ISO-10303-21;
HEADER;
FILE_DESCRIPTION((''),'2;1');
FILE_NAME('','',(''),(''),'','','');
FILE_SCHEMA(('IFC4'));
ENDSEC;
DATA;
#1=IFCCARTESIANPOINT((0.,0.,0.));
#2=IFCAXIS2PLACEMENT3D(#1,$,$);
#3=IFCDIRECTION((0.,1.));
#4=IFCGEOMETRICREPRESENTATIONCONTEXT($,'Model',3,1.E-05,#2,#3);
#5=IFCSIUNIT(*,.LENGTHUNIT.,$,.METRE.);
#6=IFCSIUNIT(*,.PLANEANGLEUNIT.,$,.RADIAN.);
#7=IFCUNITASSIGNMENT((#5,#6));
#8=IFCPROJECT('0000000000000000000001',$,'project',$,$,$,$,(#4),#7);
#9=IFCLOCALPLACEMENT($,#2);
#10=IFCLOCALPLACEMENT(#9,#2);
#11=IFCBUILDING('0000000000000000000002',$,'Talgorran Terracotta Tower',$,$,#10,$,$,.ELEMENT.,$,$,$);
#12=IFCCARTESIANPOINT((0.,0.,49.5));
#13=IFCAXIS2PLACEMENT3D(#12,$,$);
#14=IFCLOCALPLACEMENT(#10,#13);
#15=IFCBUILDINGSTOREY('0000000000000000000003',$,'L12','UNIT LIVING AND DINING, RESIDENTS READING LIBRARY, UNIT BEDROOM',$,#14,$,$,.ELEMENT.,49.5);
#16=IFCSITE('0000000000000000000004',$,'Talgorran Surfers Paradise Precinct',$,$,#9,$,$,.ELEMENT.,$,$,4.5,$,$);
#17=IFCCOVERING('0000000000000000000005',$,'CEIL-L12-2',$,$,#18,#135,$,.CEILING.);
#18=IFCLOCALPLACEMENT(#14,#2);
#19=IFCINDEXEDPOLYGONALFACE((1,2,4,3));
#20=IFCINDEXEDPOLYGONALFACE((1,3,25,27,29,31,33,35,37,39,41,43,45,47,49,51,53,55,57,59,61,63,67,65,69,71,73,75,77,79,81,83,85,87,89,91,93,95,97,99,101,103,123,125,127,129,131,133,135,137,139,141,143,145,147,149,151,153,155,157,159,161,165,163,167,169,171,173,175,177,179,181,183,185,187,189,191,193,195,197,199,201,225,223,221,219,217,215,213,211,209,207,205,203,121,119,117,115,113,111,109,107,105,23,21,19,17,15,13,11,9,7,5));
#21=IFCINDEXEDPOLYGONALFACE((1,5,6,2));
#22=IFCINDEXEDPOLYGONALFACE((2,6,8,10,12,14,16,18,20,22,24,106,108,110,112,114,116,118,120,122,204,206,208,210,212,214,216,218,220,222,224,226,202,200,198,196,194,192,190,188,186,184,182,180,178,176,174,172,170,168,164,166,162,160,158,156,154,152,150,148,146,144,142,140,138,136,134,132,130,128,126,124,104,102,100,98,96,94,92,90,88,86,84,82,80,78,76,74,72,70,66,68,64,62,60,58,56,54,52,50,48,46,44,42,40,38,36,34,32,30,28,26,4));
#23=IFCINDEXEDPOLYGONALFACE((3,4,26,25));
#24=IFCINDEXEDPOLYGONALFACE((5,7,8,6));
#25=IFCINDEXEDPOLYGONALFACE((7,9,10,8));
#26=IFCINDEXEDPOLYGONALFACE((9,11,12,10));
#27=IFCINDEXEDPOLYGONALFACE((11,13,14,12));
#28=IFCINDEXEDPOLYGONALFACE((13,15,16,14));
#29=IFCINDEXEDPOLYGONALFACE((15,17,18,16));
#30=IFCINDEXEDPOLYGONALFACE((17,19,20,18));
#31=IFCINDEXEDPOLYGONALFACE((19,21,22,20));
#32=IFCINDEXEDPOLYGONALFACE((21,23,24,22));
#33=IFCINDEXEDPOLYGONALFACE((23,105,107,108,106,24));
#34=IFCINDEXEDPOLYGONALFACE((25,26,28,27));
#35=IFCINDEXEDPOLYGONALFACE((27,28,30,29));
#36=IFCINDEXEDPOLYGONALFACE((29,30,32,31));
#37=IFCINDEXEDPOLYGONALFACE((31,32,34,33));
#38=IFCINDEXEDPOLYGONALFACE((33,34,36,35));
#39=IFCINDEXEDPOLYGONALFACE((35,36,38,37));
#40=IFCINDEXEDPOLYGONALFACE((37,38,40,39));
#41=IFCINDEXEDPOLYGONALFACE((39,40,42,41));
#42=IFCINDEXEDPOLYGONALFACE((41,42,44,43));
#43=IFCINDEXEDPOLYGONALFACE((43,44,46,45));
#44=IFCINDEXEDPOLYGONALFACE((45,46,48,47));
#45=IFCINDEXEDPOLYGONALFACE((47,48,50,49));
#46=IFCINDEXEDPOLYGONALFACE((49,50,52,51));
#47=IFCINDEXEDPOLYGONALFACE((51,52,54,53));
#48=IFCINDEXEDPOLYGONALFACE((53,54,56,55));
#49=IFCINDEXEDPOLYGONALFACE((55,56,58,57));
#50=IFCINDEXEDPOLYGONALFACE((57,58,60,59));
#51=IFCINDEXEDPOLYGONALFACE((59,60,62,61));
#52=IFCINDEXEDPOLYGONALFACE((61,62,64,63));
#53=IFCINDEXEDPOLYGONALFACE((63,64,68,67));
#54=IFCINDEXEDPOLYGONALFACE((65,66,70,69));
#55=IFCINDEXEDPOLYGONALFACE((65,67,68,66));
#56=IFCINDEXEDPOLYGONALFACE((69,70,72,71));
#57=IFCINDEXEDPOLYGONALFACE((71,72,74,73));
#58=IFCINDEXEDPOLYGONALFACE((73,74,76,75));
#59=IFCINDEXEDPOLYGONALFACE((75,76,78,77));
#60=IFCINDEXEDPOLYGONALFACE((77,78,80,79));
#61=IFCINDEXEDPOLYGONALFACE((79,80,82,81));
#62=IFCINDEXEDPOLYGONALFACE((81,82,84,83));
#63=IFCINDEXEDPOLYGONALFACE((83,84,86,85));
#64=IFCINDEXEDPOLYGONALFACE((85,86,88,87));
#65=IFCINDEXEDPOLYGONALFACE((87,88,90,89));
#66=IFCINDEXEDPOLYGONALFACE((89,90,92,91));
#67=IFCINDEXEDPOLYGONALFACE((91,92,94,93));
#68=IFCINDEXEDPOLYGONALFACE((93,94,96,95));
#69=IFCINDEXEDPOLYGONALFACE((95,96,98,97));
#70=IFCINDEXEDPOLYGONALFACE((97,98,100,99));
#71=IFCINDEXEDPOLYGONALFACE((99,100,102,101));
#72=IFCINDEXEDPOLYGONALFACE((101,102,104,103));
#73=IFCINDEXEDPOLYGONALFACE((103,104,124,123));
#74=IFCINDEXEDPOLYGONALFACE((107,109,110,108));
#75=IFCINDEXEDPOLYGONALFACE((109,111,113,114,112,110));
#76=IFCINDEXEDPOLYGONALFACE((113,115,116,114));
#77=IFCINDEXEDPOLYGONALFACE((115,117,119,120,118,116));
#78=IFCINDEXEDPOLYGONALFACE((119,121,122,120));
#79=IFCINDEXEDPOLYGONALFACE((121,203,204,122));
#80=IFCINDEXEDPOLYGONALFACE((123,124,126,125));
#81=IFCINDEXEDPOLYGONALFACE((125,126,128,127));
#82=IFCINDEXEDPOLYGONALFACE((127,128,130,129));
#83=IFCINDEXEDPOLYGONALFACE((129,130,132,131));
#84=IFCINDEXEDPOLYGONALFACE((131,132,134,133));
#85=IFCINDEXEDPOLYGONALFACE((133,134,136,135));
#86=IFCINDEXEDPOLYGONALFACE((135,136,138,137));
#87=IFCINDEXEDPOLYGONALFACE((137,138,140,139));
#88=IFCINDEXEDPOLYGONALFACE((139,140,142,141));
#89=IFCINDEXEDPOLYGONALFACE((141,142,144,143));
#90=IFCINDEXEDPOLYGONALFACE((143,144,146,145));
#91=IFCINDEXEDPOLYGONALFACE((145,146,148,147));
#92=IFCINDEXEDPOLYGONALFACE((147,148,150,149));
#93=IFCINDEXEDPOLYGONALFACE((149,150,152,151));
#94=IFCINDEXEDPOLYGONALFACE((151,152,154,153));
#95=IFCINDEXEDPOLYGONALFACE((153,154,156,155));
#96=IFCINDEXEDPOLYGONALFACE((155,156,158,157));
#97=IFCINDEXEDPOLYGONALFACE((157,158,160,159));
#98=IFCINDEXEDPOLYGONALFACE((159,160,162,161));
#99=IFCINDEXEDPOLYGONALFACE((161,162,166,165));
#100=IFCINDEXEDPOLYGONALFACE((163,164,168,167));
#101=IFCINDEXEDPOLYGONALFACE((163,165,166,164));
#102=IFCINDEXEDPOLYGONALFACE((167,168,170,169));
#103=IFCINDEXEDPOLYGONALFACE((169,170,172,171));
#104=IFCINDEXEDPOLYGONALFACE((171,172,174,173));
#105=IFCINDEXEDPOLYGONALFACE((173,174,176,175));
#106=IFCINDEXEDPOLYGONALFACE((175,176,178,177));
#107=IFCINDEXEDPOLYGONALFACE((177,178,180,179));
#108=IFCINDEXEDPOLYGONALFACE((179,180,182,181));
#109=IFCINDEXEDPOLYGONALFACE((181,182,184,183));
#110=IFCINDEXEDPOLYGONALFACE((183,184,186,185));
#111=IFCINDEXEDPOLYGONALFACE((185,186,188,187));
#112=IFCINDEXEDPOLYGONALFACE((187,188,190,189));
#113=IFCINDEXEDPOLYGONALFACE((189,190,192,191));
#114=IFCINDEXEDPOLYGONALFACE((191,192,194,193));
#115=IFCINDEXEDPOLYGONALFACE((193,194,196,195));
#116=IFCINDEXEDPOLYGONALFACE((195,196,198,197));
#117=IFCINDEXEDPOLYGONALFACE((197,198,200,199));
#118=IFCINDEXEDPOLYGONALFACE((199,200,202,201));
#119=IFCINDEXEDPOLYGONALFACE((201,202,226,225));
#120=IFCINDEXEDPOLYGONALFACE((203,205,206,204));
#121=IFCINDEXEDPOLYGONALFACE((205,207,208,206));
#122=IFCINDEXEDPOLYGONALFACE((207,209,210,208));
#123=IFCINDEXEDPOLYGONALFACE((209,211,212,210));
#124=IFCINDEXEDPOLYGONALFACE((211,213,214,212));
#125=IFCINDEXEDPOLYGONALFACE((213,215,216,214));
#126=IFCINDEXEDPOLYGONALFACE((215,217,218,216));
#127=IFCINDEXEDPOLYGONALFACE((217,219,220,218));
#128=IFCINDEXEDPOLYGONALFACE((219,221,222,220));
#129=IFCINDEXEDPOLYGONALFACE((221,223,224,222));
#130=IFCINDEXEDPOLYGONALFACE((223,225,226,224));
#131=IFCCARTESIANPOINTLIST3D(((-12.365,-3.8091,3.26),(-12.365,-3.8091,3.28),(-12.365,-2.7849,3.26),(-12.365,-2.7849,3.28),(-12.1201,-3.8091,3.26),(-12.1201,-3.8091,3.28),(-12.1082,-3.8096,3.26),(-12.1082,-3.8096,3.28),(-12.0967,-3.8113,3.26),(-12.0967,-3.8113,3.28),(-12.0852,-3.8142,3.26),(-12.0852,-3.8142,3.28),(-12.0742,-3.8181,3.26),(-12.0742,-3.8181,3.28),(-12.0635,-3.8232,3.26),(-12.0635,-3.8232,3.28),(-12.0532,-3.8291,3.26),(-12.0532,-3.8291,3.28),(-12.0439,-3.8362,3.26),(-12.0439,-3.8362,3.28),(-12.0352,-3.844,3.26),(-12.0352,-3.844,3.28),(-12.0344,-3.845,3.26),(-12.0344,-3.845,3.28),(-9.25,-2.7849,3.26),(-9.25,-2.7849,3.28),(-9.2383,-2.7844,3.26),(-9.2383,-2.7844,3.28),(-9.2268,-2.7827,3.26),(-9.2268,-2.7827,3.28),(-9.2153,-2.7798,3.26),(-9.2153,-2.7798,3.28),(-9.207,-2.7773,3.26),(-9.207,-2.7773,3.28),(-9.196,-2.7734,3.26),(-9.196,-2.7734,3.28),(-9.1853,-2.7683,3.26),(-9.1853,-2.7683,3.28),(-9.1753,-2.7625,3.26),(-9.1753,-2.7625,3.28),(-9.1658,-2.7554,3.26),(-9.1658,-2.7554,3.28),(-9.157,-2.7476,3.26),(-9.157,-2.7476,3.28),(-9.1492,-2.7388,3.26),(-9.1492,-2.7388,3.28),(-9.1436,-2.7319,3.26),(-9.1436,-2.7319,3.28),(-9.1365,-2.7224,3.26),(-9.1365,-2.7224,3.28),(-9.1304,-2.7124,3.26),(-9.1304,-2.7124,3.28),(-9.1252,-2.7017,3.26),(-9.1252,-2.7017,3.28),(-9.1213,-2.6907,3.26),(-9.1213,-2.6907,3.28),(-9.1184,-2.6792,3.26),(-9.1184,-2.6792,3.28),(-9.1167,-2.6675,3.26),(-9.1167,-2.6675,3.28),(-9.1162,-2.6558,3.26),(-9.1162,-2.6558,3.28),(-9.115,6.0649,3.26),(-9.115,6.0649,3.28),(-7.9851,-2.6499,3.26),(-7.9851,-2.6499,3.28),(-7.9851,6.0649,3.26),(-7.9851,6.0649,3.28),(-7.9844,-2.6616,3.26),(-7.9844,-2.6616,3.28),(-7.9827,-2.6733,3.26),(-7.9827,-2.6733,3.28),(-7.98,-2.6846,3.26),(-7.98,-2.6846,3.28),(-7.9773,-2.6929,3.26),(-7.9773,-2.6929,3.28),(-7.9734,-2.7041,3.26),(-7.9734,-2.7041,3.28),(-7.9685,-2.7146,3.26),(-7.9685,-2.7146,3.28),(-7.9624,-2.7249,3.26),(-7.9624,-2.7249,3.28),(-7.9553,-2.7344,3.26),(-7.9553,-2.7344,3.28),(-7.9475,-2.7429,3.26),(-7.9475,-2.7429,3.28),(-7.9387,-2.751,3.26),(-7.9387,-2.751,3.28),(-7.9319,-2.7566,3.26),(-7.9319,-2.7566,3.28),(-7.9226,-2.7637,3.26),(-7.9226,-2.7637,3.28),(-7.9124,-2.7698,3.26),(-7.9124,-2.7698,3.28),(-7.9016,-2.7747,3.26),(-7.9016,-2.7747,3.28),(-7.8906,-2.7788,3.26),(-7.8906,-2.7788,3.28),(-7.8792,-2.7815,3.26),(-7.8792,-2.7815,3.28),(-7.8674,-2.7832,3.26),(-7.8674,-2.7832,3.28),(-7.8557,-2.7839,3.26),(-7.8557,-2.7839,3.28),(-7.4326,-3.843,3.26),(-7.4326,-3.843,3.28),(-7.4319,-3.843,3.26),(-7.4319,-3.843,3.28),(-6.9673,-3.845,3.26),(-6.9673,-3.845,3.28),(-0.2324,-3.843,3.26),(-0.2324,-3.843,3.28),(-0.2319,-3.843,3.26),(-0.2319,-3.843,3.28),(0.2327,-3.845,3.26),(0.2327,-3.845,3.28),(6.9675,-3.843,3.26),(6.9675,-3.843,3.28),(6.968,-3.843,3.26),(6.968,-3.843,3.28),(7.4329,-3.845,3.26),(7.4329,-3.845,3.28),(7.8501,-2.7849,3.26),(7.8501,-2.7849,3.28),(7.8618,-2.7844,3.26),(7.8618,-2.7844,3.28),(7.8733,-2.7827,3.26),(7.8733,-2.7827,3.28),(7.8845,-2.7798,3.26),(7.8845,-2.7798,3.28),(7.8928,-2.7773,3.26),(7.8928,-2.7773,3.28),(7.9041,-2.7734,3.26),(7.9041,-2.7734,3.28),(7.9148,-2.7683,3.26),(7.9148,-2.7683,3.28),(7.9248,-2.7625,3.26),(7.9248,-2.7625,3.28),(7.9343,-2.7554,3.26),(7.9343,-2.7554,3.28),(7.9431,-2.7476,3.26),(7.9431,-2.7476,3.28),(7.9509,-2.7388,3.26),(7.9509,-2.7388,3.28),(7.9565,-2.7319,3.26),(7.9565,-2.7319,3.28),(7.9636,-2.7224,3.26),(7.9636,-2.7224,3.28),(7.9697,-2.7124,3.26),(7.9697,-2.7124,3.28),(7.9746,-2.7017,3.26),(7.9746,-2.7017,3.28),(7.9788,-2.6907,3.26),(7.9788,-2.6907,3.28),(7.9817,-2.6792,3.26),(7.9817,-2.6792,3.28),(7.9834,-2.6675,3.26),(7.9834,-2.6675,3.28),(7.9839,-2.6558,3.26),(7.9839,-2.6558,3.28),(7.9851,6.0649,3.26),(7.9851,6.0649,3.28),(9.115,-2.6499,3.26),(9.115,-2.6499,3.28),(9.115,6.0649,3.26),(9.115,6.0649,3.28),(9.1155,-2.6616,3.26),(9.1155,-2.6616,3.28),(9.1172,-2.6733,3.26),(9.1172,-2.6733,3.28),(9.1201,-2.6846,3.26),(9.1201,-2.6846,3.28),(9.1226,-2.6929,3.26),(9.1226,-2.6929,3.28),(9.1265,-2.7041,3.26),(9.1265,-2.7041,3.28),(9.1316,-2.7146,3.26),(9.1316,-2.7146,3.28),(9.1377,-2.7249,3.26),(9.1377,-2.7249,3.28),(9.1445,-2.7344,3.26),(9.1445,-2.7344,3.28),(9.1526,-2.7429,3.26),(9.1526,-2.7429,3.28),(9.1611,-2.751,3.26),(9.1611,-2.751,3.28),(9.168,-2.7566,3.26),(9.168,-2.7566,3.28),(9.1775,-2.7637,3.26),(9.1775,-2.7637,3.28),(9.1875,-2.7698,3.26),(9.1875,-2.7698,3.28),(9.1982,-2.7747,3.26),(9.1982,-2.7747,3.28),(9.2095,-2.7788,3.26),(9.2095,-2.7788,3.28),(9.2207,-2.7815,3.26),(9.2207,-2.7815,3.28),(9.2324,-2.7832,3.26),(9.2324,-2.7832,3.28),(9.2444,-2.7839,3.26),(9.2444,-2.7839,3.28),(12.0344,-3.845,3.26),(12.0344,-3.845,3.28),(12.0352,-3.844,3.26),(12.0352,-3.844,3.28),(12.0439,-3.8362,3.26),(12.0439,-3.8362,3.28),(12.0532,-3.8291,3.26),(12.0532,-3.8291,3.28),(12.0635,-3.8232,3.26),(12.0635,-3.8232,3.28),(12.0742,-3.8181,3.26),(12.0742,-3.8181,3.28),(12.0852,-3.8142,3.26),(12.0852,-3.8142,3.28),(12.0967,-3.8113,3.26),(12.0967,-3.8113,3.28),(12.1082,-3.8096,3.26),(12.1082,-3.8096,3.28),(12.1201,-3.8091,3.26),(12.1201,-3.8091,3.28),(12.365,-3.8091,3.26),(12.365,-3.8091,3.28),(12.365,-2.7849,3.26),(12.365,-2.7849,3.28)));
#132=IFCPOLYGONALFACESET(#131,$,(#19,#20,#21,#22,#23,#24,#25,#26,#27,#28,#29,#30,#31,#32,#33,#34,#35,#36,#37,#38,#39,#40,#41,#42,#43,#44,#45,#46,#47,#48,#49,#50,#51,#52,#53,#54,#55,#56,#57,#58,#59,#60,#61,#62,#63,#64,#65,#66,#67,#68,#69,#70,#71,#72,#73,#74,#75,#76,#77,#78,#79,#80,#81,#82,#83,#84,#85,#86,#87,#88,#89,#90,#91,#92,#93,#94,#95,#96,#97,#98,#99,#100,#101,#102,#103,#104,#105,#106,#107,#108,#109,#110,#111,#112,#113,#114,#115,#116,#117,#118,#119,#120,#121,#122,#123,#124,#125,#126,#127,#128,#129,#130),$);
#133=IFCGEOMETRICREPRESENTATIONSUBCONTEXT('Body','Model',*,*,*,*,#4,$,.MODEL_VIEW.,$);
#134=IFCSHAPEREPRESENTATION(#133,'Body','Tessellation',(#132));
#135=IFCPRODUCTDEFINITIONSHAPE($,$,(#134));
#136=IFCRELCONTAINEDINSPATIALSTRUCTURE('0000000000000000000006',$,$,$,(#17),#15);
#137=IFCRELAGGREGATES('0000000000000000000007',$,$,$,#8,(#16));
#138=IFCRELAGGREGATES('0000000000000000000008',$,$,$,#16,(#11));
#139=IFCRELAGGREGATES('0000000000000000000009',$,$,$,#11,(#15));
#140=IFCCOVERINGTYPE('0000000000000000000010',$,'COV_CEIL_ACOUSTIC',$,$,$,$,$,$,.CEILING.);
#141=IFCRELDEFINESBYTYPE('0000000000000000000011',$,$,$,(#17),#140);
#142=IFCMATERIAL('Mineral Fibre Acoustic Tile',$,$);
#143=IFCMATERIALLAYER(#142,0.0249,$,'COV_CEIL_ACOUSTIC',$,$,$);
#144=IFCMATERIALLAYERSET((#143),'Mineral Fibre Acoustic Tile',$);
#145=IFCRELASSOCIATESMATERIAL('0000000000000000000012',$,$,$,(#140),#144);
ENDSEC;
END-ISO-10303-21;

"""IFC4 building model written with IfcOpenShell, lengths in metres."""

from ifc_helpers import new_model, si_unit, direction, frame, origin, place, context, subcontext, project, spatial, polyline, outline, extrude, material, layer, layer_set, type_object, element, save


model = new_model("IFC4")

# Units and contexts
model_context = context("Model", 3, precision=1e-05, world=origin(), true_north=direction((0.0, 1.0)))
body_context = subcontext(model_context, "Body", "Model", "MODEL_VIEW")
ifc_project = project(units=[si_unit("LENGTHUNIT", "METRE"), si_unit("PLANEANGLEUNIT", "RADIAN")], contexts=[model_context])

# Site, building, storey
site_placement = place(None, origin())
site = spatial("IfcSite", under=ifc_project, at=site_placement, Name="Talgorran Surfers Paradise Precinct", CompositionType="ELEMENT", RefElevation=4.5)
building_placement = place(site_placement, origin())
building = spatial("IfcBuilding", under=site, at=building_placement, Name="Talgorran Terracotta Tower", CompositionType="ELEMENT")
storey_placement = place(building_placement, frame((0.0, 0.0, 49.5)))
storey = spatial("IfcBuildingStorey", under=building, at=storey_placement, Name="L12", Description="UNIT LIVING AND DINING, RESIDENTS READING LIBRARY, UNIT BEDROOM", CompositionType="ELEMENT", Elevation=49.5)

# Covering
ifc_material_1 = material(Name="Mineral Fibre Acoustic Tile")
ifc_layer_1 = layer(ifc_material_1, 0.0249, Name="COV_CEIL_ACOUSTIC")
ifc_layer_set_1 = layer_set([ifc_layer_1], Name="Mineral Fibre Acoustic Tile")
covering_type_1 = type_object("IfcCoveringType", Name="COV_CEIL_ACOUSTIC", PredefinedType="CEILING", material=ifc_layer_set_1)
covering_1_placement = place(storey_placement, frame((0.0, 0.0, 3.26)))
element("IfcCovering", 1, at=covering_1_placement, inside=storey, type_object=covering_type_1, Name="CEIL-L12-2", PredefinedType="CEILING", context=body_context, shape_type="SweptSolid", body=[
    extrude(outline(polyline([(-12.365, -2.7849), (-9.25, -2.7849), (-9.2383, -2.7844), (-9.2268, -2.7827), (-9.2153, -2.7798), (-9.207, -2.7773), (-9.196, -2.7734), (-9.1853, -2.7683), (-9.1753, -2.7625), (-9.1658, -2.7554), (-9.157, -2.7476), (-9.1492, -2.7388), (-9.1436, -2.7319), (-9.1365, -2.7224), (-9.1304, -2.7124), (-9.1252, -2.7017), (-9.1213, -2.6907), (-9.1184, -2.6792), (-9.1167, -2.6675), (-9.1162, -2.6558), (-9.115, 6.0649), (-7.9851, 6.0649), (-7.9851, -2.6499), (-7.9844, -2.6616), (-7.9827, -2.6733), (-7.98, -2.6846), (-7.9773, -2.6929), (-7.9734, -2.7041), (-7.9685, -2.7146), (-7.9624, -2.7249), (-7.9553, -2.7344), (-7.9475, -2.7429), (-7.9387, -2.751), (-7.9319, -2.7566), (-7.9226, -2.7637), (-7.9124, -2.7698), (-7.9016, -2.7747), (-7.8906, -2.7788), (-7.8792, -2.7815), (-7.8674, -2.7832), (-7.8557, -2.7839), (7.8501, -2.7849), (7.8618, -2.7844), (7.8733, -2.7827), (7.8845, -2.7798), (7.8928, -2.7773), (7.9041, -2.7734), (7.9148, -2.7683), (7.9248, -2.7625), (7.9343, -2.7554), (7.9431, -2.7476), (7.9509, -2.7388), (7.9565, -2.7319), (7.9636, -2.7224), (7.9697, -2.7124), (7.9746, -2.7017), (7.9788, -2.6907), (7.9817, -2.6792), (7.9834, -2.6675), (7.9839, -2.6558), (7.9851, 6.0649), (9.115, 6.0649), (9.115, -2.6499), (9.1155, -2.6616), (9.1172, -2.6733), (9.1201, -2.6846), (9.1226, -2.6929), (9.1265, -2.7041), (9.1316, -2.7146), (9.1377, -2.7249), (9.1445, -2.7344), (9.1526, -2.7429), (9.1611, -2.751), (9.168, -2.7566), (9.1775, -2.7637), (9.1875, -2.7698), (9.1982, -2.7747), (9.2095, -2.7788), (9.2207, -2.7815), (9.2324, -2.7832), (9.2444, -2.7839), (12.365, -2.7849), (12.365, -3.8091), (12.1201, -3.8091), (12.1082, -3.8096), (12.0967, -3.8113), (12.0852, -3.8142), (12.0742, -3.8181), (12.0635, -3.8232), (12.0532, -3.8291), (12.0439, -3.8362), (12.0352, -3.844), (12.0344, -3.845), (7.4329, -3.845), (6.968, -3.843), (6.9675, -3.843), (0.2327, -3.845), (-0.2319, -3.843), (-0.2324, -3.843), (-6.9673, -3.845), (-7.4319, -3.843), (-7.4326, -3.843), (-12.0344, -3.845), (-12.0352, -3.844), (-12.0439, -3.8362), (-12.0532, -3.8291), (-12.0635, -3.8232), (-12.0742, -3.8181), (-12.0852, -3.8142), (-12.0967, -3.8113), (-12.1082, -3.8096), (-12.1201, -3.8091), (-12.365, -3.8091), (-12.365, -2.7849)])), origin(), (0.0, 0.0, 1.0), 0.02),
])

save(model, "model.ifc")
